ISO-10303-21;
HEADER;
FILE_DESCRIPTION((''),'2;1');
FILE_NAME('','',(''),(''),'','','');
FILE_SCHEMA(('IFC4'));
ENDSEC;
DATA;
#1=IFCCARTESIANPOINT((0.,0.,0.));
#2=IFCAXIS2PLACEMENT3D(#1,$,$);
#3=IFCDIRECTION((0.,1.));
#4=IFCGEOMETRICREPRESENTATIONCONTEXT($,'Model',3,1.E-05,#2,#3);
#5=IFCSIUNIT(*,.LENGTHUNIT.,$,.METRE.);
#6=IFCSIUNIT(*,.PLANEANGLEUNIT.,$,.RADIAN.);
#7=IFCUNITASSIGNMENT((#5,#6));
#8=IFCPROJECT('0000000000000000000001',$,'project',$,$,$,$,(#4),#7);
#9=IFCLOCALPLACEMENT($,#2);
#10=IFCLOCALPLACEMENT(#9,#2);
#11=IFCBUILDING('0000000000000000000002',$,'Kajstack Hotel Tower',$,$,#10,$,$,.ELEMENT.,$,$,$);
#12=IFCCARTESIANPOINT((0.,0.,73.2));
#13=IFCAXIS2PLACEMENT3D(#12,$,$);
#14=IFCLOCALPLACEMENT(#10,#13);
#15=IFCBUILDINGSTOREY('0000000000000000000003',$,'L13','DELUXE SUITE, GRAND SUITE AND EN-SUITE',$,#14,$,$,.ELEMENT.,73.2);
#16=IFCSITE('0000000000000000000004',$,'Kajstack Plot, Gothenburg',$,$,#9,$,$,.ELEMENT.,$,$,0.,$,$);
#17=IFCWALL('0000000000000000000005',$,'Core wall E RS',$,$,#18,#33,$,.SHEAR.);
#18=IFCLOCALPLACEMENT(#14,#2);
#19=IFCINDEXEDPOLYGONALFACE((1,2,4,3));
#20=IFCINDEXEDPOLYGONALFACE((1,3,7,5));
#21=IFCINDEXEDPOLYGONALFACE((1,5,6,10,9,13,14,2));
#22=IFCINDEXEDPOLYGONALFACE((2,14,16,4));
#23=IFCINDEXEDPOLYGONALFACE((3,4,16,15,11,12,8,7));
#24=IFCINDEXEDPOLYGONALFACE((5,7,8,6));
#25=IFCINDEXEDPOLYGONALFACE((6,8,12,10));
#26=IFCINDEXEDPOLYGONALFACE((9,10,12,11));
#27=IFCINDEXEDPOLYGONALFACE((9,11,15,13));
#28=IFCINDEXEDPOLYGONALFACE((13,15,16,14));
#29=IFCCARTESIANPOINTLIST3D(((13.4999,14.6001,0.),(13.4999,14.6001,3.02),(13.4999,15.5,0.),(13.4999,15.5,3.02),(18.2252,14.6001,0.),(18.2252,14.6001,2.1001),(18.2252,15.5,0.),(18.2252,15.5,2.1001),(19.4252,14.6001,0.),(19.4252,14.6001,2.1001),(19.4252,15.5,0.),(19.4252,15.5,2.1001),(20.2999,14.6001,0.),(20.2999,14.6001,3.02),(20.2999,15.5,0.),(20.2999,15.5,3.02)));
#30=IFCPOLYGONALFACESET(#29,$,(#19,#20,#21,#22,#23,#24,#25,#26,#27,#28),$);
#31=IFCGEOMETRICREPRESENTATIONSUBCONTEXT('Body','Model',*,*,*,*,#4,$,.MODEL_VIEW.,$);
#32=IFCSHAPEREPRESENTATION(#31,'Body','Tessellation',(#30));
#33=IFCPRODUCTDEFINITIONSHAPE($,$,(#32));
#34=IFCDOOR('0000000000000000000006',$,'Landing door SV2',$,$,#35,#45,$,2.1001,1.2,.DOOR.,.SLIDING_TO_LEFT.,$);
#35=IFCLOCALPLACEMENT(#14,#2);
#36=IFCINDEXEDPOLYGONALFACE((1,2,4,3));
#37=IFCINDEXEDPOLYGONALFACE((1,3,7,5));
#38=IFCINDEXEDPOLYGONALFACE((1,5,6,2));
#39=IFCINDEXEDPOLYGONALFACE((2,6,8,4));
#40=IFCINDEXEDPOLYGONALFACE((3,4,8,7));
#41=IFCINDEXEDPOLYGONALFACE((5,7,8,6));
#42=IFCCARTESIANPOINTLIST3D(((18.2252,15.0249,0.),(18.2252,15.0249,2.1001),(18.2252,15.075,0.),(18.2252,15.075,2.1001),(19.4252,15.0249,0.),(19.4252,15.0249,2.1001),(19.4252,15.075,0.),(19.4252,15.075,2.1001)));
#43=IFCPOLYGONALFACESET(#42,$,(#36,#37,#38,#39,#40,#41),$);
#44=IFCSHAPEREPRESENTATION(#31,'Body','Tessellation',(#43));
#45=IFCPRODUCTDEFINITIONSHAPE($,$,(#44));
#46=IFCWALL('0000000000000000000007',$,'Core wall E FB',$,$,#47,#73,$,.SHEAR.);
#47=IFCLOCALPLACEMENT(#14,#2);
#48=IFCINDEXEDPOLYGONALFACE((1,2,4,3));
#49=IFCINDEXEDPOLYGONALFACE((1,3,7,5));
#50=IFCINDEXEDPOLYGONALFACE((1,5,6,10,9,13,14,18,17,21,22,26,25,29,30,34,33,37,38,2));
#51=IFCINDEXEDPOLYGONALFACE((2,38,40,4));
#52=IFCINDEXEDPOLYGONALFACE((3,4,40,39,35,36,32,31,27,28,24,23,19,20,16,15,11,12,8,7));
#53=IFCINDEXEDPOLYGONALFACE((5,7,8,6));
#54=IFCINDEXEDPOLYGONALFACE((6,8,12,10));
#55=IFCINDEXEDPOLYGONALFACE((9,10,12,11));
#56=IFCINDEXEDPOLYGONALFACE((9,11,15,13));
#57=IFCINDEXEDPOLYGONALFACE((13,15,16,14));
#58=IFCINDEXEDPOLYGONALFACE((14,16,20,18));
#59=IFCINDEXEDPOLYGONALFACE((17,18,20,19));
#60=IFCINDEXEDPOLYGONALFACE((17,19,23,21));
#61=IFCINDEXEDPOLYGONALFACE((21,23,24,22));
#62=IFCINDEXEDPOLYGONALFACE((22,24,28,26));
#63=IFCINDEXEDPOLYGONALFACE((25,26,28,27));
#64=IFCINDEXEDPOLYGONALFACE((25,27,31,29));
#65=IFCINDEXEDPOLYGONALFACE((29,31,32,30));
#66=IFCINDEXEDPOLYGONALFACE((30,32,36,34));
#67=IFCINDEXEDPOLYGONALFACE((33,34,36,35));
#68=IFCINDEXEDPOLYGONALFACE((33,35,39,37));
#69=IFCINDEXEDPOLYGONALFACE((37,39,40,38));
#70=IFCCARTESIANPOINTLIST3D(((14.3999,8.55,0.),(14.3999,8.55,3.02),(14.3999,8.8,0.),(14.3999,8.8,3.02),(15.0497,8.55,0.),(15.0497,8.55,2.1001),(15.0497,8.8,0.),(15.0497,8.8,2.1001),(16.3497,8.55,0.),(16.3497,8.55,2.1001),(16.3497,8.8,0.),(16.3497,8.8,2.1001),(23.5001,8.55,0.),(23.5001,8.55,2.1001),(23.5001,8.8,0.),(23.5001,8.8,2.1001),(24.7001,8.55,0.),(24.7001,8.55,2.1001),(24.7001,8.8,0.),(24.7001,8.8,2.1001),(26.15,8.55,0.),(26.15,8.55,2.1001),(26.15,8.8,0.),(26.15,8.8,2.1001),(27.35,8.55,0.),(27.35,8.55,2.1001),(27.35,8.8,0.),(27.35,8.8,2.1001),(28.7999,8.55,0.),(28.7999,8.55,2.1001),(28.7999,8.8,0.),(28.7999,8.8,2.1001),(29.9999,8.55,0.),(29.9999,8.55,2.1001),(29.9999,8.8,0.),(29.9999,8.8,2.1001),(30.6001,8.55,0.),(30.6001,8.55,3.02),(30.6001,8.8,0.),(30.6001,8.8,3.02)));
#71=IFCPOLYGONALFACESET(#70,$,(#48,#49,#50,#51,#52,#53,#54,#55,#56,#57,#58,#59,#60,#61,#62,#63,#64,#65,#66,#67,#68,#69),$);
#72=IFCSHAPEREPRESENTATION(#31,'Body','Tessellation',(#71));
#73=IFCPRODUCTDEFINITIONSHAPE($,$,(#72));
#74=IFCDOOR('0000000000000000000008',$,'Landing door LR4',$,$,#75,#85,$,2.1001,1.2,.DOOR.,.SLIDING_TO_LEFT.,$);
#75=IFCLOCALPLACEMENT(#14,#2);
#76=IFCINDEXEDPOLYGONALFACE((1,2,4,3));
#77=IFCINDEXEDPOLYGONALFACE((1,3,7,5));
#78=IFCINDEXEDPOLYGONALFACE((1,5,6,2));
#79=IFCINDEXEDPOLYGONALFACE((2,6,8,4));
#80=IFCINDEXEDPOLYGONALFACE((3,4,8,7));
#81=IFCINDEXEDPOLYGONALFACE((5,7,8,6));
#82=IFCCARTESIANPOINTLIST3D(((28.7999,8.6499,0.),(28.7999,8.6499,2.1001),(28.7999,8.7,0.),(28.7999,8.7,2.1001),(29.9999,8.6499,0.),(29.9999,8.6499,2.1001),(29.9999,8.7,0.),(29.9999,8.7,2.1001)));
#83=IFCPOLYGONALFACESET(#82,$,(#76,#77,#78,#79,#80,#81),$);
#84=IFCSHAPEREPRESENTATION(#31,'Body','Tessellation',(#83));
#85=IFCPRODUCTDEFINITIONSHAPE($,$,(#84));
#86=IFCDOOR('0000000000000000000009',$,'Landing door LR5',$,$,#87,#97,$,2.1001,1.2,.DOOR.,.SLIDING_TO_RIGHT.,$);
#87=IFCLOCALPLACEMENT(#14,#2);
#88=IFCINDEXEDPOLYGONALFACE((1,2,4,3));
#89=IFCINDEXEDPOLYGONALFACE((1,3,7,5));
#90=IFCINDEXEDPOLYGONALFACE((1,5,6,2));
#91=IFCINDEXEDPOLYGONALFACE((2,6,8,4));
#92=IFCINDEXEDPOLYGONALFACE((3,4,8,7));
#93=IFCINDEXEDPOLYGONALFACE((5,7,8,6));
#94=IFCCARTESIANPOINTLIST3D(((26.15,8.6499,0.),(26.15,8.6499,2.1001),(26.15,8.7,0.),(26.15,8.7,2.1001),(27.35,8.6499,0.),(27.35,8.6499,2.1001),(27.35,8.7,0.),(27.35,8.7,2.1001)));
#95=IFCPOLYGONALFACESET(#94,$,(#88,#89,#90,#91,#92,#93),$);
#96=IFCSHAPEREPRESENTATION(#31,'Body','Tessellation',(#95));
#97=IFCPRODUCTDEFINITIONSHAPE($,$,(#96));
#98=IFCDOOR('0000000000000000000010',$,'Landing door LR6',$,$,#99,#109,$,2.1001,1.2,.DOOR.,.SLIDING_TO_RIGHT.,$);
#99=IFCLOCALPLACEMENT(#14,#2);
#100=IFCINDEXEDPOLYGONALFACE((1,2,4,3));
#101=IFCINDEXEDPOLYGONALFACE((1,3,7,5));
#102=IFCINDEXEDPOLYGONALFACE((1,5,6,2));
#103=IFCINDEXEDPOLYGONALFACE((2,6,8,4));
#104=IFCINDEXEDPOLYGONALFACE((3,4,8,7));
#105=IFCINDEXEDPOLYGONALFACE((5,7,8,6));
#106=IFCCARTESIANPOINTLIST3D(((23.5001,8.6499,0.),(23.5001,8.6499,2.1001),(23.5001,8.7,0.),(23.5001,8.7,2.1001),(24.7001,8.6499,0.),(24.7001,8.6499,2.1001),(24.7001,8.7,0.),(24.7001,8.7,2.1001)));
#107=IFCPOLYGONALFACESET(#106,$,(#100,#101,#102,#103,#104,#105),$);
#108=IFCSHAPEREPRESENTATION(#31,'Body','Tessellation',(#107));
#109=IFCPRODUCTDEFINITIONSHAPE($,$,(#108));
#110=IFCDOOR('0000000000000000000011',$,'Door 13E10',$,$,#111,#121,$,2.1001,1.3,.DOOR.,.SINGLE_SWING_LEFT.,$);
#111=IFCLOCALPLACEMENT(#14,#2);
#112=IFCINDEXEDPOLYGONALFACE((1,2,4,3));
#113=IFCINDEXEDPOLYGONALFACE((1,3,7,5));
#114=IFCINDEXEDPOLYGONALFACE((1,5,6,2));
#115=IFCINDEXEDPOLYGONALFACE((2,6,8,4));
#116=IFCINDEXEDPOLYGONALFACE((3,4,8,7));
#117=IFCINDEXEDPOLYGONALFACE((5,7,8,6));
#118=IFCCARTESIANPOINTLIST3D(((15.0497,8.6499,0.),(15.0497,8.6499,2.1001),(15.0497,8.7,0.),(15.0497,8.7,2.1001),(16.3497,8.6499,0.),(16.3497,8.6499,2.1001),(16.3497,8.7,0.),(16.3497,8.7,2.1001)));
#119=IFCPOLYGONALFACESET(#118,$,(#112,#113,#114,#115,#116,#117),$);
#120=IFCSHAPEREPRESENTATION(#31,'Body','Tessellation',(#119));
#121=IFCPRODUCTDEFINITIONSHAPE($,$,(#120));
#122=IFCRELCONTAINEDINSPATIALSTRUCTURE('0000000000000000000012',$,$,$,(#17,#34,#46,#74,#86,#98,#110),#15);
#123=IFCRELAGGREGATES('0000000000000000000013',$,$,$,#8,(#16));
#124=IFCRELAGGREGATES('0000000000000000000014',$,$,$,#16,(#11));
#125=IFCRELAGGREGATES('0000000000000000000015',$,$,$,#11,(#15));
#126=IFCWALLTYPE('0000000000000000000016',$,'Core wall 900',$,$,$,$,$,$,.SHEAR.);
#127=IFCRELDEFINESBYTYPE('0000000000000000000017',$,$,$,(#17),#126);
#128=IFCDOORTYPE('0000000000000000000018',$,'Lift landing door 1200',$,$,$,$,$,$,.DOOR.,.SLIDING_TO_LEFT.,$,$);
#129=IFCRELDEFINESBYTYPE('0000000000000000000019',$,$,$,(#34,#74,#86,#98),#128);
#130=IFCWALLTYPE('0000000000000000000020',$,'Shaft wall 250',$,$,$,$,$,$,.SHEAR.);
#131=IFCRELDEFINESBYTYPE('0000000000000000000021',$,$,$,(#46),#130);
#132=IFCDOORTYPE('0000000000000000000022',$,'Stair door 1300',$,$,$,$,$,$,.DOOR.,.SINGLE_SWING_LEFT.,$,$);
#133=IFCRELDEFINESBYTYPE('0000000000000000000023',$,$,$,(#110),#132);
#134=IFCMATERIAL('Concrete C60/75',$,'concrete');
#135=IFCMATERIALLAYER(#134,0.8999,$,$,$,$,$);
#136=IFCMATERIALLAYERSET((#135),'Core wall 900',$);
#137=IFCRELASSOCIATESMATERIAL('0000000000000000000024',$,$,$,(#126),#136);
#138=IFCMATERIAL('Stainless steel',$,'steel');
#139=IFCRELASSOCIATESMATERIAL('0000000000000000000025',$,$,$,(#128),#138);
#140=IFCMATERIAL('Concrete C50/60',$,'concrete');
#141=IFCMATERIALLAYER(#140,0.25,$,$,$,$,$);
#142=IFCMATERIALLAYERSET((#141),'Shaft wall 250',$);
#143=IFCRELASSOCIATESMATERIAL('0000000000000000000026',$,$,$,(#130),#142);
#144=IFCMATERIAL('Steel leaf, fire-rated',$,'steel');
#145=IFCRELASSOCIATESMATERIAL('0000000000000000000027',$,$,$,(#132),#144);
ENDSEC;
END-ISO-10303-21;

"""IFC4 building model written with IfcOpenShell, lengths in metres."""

from ifc_helpers import new_model, si_unit, direction, frame, frame_2d, origin, place, context, subcontext, project, spatial, rectangle, extrude, material, layer, layer_set, type_object, element, fill, save


model = new_model("IFC4")

# Units and contexts
model_context = context("Model", 3, precision=1e-05, world=origin(), true_north=direction((0.0, 1.0)))
body_context = subcontext(model_context, "Body", "Model", "MODEL_VIEW")
ifc_project = project(units=[si_unit("LENGTHUNIT", "METRE"), si_unit("PLANEANGLEUNIT", "RADIAN")], contexts=[model_context])

# Site, building, storey
site_placement = place(None, origin())
site = spatial("IfcSite", under=ifc_project, at=site_placement, Name="Kajstack Plot, Gothenburg", CompositionType="ELEMENT", RefElevation=0.0)
building_placement = place(site_placement, origin())
building = spatial("IfcBuilding", under=site, at=building_placement, Name="Kajstack Hotel Tower", CompositionType="ELEMENT")
storey_placement = place(building_placement, frame((0.0, 0.0, 73.2)))
storey = spatial("IfcBuildingStorey", under=building, at=storey_placement, Name="L13", Description="DELUXE SUITE, GRAND SUITE AND EN-SUITE", CompositionType="ELEMENT", Elevation=73.2)

# Wall, opening, door
ifc_material_1 = material(Name="Concrete C60/75", Category="concrete")
ifc_layer_1 = layer(ifc_material_1, 0.8999)
ifc_layer_set_1 = layer_set([ifc_layer_1], Name="Core wall 900")
wall_type_1 = type_object("IfcWallType", Name="Core wall 900", PredefinedType="SHEAR", material=ifc_layer_set_1)
wall_1_placement = place(storey_placement, frame((13.5, 15.05, 0.0), z_axis=(0.0, 0.0, 1.0), x_axis=(1.0, 0.0, 0.0)))
wall_1 = element("IfcWall", 1, at=wall_1_placement, inside=storey, type_object=wall_type_1, Name="Core wall E RS", PredefinedType="SHEAR", context=body_context, shape_type="SweptSolid", body=[
    extrude(rectangle(XDim=6.8, YDim=0.8999, at=frame_2d((3.3999, 0.0))), origin(), (0.0, 0.0, 1.0), 3.02),
])
opening_1_placement = place(wall_1_placement, frame((4.7251, 0.0, 0.0)))
opening_1 = element("IfcOpeningElement", 2, at=opening_1_placement, cuts=wall_1, PredefinedType="OPENING", context=body_context, shape_type="SweptSolid", body=[
    extrude(rectangle(XDim=1.2, YDim=2.1001, at=frame_2d((0.6001, 1.05))), frame((0.0, 0.46, 0.0), z_axis=(0.0, -1.0, 0.0), x_axis=(1.0, 0.0, 0.0)), (0.0, 0.0, 1.0), 0.9199),
])
ifc_material_2 = material(Name="Stainless steel", Category="steel")
door_type_1 = type_object("IfcDoorType", Name="Lift landing door 1200", OperationType="SLIDING_TO_LEFT", PredefinedType="DOOR", material=ifc_material_2)
door_1_placement = place(opening_1_placement, origin())
door_1 = element("IfcDoor", 3, at=door_1_placement, inside=storey, type_object=door_type_1, Name="Landing door SV2", OperationType="SLIDING_TO_LEFT", OverallHeight=2.1001, OverallWidth=1.2, PredefinedType="DOOR", context=body_context, shape_type="SweptSolid", body=[
    extrude(rectangle(XDim=1.2, YDim=2.1001, at=frame_2d((0.6001, 1.05))), frame((0.0, 0.0249, 0.0), z_axis=(0.0, -1.0, 0.0), x_axis=(1.0, 0.0, 0.0)), (0.0, 0.0, 1.0), 0.05),
])
fill(opening_1, door_1)

# Wall, openings, doors
ifc_material_3 = material(Name="Concrete C50/60", Category="concrete")
ifc_layer_2 = layer(ifc_material_3, 0.25)
ifc_layer_set_2 = layer_set([ifc_layer_2], Name="Shaft wall 250")
wall_type_2 = type_object("IfcWallType", Name="Shaft wall 250", PredefinedType="SHEAR", material=ifc_layer_set_2)
wall_2_placement = place(storey_placement, frame((14.3999, 8.675, 0.0), z_axis=(0.0, 0.0, 1.0), x_axis=(1.0, 0.0, 0.0)))
wall_2 = element("IfcWall", 4, at=wall_2_placement, inside=storey, type_object=wall_type_2, Name="Core wall E FB", PredefinedType="SHEAR", context=body_context, shape_type="SweptSolid", body=[
    extrude(rectangle(XDim=16.2002, YDim=0.25, at=frame_2d((8.1001, 0.0))), origin(), (0.0, 0.0, 1.0), 3.02),
])
opening_2_placement = place(wall_2_placement, frame((14.3999, 0.0, 0.0)))
opening_2 = element("IfcOpeningElement", 5, at=opening_2_placement, cuts=wall_2, PredefinedType="OPENING", context=body_context, shape_type="SweptSolid", body=[
    extrude(rectangle(XDim=1.2, YDim=2.1001, at=frame_2d((0.6001, 1.05))), frame((0.0, 0.135, 0.0), z_axis=(0.0, -1.0, 0.0), x_axis=(1.0, 0.0, 0.0)), (0.0, 0.0, 1.0), 0.27),
])
opening_3_placement = place(wall_2_placement, frame((11.75, 0.0, 0.0)))
opening_3 = element("IfcOpeningElement", 6, at=opening_3_placement, cuts=wall_2, PredefinedType="OPENING", context=body_context, shape_type="SweptSolid", body=[
    extrude(rectangle(XDim=1.2, YDim=2.1001, at=frame_2d((0.6001, 1.05))), frame((0.0, 0.135, 0.0), z_axis=(0.0, -1.0, 0.0), x_axis=(1.0, 0.0, 0.0)), (0.0, 0.0, 1.0), 0.27),
])
opening_4_placement = place(wall_2_placement, frame((9.1001, 0.0, 0.0)))
opening_4 = element("IfcOpeningElement", 7, at=opening_4_placement, cuts=wall_2, PredefinedType="OPENING", context=body_context, shape_type="SweptSolid", body=[
    extrude(rectangle(XDim=1.2, YDim=2.1001, at=frame_2d((0.6001, 1.05))), frame((0.0, 0.135, 0.0), z_axis=(0.0, -1.0, 0.0), x_axis=(1.0, 0.0, 0.0)), (0.0, 0.0, 1.0), 0.27),
])
opening_5_placement = place(wall_2_placement, frame((0.6499, 0.0, 0.0)))
opening_5 = element("IfcOpeningElement", 8, at=opening_5_placement, cuts=wall_2, PredefinedType="OPENING", context=body_context, shape_type="SweptSolid", body=[
    extrude(rectangle(XDim=1.3, YDim=2.1001, at=frame_2d((0.6499, 1.05))), frame((0.0, 0.135, 0.0), z_axis=(0.0, -1.0, 0.0), x_axis=(1.0, 0.0, 0.0)), (0.0, 0.0, 1.0), 0.27),
])
door_2_placement = place(opening_2_placement, origin())
door_2 = element("IfcDoor", 9, at=door_2_placement, inside=storey, type_object=door_type_1, Name="Landing door LR4", OperationType="SLIDING_TO_LEFT", OverallHeight=2.1001, OverallWidth=1.2, PredefinedType="DOOR", context=body_context, shape_type="SweptSolid", body=[
    extrude(rectangle(XDim=1.2, YDim=2.1001, at=frame_2d((0.6001, 1.05))), frame((0.0, 0.0249, 0.0), z_axis=(0.0, -1.0, 0.0), x_axis=(1.0, 0.0, 0.0)), (0.0, 0.0, 1.0), 0.05),
])
fill(opening_2, door_2)
door_3_placement = place(opening_3_placement, origin())
door_3 = element("IfcDoor", 10, at=door_3_placement, inside=storey, type_object=door_type_1, Name="Landing door LR5", OperationType="SLIDING_TO_RIGHT", OverallHeight=2.1001, OverallWidth=1.2, PredefinedType="DOOR", context=body_context, shape_type="SweptSolid", body=[
    extrude(rectangle(XDim=1.2, YDim=2.1001, at=frame_2d((0.6001, 1.05))), frame((0.0, 0.0249, 0.0), z_axis=(0.0, -1.0, 0.0), x_axis=(1.0, 0.0, 0.0)), (0.0, 0.0, 1.0), 0.05),
])
fill(opening_3, door_3)
door_4_placement = place(opening_4_placement, origin())
door_4 = element("IfcDoor", 11, at=door_4_placement, inside=storey, type_object=door_type_1, Name="Landing door LR6", OperationType="SLIDING_TO_RIGHT", OverallHeight=2.1001, OverallWidth=1.2, PredefinedType="DOOR", context=body_context, shape_type="SweptSolid", body=[
    extrude(rectangle(XDim=1.2, YDim=2.1001, at=frame_2d((0.6001, 1.05))), frame((0.0, 0.0249, 0.0), z_axis=(0.0, -1.0, 0.0), x_axis=(1.0, 0.0, 0.0)), (0.0, 0.0, 1.0), 0.05),
])
fill(opening_4, door_4)
ifc_material_4 = material(Name="Steel leaf, fire-rated", Category="steel")
door_type_2 = type_object("IfcDoorType", Name="Stair door 1300", OperationType="SINGLE_SWING_LEFT", PredefinedType="DOOR", material=ifc_material_4)
door_5_placement = place(opening_5_placement, origin())
door_5 = element("IfcDoor", 12, at=door_5_placement, inside=storey, type_object=door_type_2, Name="Door 13E10", OperationType="SINGLE_SWING_LEFT", OverallHeight=2.1001, OverallWidth=1.3, PredefinedType="DOOR", context=body_context, shape_type="SweptSolid", body=[
    extrude(rectangle(XDim=1.3, YDim=2.1001, at=frame_2d((0.6499, 1.05))), frame((0.0, 0.0249, 0.0), z_axis=(0.0, -1.0, 0.0), x_axis=(1.0, 0.0, 0.0)), (0.0, 0.0, 1.0), 0.05),
])
fill(opening_5, door_5)

save(model, "model.ifc")
